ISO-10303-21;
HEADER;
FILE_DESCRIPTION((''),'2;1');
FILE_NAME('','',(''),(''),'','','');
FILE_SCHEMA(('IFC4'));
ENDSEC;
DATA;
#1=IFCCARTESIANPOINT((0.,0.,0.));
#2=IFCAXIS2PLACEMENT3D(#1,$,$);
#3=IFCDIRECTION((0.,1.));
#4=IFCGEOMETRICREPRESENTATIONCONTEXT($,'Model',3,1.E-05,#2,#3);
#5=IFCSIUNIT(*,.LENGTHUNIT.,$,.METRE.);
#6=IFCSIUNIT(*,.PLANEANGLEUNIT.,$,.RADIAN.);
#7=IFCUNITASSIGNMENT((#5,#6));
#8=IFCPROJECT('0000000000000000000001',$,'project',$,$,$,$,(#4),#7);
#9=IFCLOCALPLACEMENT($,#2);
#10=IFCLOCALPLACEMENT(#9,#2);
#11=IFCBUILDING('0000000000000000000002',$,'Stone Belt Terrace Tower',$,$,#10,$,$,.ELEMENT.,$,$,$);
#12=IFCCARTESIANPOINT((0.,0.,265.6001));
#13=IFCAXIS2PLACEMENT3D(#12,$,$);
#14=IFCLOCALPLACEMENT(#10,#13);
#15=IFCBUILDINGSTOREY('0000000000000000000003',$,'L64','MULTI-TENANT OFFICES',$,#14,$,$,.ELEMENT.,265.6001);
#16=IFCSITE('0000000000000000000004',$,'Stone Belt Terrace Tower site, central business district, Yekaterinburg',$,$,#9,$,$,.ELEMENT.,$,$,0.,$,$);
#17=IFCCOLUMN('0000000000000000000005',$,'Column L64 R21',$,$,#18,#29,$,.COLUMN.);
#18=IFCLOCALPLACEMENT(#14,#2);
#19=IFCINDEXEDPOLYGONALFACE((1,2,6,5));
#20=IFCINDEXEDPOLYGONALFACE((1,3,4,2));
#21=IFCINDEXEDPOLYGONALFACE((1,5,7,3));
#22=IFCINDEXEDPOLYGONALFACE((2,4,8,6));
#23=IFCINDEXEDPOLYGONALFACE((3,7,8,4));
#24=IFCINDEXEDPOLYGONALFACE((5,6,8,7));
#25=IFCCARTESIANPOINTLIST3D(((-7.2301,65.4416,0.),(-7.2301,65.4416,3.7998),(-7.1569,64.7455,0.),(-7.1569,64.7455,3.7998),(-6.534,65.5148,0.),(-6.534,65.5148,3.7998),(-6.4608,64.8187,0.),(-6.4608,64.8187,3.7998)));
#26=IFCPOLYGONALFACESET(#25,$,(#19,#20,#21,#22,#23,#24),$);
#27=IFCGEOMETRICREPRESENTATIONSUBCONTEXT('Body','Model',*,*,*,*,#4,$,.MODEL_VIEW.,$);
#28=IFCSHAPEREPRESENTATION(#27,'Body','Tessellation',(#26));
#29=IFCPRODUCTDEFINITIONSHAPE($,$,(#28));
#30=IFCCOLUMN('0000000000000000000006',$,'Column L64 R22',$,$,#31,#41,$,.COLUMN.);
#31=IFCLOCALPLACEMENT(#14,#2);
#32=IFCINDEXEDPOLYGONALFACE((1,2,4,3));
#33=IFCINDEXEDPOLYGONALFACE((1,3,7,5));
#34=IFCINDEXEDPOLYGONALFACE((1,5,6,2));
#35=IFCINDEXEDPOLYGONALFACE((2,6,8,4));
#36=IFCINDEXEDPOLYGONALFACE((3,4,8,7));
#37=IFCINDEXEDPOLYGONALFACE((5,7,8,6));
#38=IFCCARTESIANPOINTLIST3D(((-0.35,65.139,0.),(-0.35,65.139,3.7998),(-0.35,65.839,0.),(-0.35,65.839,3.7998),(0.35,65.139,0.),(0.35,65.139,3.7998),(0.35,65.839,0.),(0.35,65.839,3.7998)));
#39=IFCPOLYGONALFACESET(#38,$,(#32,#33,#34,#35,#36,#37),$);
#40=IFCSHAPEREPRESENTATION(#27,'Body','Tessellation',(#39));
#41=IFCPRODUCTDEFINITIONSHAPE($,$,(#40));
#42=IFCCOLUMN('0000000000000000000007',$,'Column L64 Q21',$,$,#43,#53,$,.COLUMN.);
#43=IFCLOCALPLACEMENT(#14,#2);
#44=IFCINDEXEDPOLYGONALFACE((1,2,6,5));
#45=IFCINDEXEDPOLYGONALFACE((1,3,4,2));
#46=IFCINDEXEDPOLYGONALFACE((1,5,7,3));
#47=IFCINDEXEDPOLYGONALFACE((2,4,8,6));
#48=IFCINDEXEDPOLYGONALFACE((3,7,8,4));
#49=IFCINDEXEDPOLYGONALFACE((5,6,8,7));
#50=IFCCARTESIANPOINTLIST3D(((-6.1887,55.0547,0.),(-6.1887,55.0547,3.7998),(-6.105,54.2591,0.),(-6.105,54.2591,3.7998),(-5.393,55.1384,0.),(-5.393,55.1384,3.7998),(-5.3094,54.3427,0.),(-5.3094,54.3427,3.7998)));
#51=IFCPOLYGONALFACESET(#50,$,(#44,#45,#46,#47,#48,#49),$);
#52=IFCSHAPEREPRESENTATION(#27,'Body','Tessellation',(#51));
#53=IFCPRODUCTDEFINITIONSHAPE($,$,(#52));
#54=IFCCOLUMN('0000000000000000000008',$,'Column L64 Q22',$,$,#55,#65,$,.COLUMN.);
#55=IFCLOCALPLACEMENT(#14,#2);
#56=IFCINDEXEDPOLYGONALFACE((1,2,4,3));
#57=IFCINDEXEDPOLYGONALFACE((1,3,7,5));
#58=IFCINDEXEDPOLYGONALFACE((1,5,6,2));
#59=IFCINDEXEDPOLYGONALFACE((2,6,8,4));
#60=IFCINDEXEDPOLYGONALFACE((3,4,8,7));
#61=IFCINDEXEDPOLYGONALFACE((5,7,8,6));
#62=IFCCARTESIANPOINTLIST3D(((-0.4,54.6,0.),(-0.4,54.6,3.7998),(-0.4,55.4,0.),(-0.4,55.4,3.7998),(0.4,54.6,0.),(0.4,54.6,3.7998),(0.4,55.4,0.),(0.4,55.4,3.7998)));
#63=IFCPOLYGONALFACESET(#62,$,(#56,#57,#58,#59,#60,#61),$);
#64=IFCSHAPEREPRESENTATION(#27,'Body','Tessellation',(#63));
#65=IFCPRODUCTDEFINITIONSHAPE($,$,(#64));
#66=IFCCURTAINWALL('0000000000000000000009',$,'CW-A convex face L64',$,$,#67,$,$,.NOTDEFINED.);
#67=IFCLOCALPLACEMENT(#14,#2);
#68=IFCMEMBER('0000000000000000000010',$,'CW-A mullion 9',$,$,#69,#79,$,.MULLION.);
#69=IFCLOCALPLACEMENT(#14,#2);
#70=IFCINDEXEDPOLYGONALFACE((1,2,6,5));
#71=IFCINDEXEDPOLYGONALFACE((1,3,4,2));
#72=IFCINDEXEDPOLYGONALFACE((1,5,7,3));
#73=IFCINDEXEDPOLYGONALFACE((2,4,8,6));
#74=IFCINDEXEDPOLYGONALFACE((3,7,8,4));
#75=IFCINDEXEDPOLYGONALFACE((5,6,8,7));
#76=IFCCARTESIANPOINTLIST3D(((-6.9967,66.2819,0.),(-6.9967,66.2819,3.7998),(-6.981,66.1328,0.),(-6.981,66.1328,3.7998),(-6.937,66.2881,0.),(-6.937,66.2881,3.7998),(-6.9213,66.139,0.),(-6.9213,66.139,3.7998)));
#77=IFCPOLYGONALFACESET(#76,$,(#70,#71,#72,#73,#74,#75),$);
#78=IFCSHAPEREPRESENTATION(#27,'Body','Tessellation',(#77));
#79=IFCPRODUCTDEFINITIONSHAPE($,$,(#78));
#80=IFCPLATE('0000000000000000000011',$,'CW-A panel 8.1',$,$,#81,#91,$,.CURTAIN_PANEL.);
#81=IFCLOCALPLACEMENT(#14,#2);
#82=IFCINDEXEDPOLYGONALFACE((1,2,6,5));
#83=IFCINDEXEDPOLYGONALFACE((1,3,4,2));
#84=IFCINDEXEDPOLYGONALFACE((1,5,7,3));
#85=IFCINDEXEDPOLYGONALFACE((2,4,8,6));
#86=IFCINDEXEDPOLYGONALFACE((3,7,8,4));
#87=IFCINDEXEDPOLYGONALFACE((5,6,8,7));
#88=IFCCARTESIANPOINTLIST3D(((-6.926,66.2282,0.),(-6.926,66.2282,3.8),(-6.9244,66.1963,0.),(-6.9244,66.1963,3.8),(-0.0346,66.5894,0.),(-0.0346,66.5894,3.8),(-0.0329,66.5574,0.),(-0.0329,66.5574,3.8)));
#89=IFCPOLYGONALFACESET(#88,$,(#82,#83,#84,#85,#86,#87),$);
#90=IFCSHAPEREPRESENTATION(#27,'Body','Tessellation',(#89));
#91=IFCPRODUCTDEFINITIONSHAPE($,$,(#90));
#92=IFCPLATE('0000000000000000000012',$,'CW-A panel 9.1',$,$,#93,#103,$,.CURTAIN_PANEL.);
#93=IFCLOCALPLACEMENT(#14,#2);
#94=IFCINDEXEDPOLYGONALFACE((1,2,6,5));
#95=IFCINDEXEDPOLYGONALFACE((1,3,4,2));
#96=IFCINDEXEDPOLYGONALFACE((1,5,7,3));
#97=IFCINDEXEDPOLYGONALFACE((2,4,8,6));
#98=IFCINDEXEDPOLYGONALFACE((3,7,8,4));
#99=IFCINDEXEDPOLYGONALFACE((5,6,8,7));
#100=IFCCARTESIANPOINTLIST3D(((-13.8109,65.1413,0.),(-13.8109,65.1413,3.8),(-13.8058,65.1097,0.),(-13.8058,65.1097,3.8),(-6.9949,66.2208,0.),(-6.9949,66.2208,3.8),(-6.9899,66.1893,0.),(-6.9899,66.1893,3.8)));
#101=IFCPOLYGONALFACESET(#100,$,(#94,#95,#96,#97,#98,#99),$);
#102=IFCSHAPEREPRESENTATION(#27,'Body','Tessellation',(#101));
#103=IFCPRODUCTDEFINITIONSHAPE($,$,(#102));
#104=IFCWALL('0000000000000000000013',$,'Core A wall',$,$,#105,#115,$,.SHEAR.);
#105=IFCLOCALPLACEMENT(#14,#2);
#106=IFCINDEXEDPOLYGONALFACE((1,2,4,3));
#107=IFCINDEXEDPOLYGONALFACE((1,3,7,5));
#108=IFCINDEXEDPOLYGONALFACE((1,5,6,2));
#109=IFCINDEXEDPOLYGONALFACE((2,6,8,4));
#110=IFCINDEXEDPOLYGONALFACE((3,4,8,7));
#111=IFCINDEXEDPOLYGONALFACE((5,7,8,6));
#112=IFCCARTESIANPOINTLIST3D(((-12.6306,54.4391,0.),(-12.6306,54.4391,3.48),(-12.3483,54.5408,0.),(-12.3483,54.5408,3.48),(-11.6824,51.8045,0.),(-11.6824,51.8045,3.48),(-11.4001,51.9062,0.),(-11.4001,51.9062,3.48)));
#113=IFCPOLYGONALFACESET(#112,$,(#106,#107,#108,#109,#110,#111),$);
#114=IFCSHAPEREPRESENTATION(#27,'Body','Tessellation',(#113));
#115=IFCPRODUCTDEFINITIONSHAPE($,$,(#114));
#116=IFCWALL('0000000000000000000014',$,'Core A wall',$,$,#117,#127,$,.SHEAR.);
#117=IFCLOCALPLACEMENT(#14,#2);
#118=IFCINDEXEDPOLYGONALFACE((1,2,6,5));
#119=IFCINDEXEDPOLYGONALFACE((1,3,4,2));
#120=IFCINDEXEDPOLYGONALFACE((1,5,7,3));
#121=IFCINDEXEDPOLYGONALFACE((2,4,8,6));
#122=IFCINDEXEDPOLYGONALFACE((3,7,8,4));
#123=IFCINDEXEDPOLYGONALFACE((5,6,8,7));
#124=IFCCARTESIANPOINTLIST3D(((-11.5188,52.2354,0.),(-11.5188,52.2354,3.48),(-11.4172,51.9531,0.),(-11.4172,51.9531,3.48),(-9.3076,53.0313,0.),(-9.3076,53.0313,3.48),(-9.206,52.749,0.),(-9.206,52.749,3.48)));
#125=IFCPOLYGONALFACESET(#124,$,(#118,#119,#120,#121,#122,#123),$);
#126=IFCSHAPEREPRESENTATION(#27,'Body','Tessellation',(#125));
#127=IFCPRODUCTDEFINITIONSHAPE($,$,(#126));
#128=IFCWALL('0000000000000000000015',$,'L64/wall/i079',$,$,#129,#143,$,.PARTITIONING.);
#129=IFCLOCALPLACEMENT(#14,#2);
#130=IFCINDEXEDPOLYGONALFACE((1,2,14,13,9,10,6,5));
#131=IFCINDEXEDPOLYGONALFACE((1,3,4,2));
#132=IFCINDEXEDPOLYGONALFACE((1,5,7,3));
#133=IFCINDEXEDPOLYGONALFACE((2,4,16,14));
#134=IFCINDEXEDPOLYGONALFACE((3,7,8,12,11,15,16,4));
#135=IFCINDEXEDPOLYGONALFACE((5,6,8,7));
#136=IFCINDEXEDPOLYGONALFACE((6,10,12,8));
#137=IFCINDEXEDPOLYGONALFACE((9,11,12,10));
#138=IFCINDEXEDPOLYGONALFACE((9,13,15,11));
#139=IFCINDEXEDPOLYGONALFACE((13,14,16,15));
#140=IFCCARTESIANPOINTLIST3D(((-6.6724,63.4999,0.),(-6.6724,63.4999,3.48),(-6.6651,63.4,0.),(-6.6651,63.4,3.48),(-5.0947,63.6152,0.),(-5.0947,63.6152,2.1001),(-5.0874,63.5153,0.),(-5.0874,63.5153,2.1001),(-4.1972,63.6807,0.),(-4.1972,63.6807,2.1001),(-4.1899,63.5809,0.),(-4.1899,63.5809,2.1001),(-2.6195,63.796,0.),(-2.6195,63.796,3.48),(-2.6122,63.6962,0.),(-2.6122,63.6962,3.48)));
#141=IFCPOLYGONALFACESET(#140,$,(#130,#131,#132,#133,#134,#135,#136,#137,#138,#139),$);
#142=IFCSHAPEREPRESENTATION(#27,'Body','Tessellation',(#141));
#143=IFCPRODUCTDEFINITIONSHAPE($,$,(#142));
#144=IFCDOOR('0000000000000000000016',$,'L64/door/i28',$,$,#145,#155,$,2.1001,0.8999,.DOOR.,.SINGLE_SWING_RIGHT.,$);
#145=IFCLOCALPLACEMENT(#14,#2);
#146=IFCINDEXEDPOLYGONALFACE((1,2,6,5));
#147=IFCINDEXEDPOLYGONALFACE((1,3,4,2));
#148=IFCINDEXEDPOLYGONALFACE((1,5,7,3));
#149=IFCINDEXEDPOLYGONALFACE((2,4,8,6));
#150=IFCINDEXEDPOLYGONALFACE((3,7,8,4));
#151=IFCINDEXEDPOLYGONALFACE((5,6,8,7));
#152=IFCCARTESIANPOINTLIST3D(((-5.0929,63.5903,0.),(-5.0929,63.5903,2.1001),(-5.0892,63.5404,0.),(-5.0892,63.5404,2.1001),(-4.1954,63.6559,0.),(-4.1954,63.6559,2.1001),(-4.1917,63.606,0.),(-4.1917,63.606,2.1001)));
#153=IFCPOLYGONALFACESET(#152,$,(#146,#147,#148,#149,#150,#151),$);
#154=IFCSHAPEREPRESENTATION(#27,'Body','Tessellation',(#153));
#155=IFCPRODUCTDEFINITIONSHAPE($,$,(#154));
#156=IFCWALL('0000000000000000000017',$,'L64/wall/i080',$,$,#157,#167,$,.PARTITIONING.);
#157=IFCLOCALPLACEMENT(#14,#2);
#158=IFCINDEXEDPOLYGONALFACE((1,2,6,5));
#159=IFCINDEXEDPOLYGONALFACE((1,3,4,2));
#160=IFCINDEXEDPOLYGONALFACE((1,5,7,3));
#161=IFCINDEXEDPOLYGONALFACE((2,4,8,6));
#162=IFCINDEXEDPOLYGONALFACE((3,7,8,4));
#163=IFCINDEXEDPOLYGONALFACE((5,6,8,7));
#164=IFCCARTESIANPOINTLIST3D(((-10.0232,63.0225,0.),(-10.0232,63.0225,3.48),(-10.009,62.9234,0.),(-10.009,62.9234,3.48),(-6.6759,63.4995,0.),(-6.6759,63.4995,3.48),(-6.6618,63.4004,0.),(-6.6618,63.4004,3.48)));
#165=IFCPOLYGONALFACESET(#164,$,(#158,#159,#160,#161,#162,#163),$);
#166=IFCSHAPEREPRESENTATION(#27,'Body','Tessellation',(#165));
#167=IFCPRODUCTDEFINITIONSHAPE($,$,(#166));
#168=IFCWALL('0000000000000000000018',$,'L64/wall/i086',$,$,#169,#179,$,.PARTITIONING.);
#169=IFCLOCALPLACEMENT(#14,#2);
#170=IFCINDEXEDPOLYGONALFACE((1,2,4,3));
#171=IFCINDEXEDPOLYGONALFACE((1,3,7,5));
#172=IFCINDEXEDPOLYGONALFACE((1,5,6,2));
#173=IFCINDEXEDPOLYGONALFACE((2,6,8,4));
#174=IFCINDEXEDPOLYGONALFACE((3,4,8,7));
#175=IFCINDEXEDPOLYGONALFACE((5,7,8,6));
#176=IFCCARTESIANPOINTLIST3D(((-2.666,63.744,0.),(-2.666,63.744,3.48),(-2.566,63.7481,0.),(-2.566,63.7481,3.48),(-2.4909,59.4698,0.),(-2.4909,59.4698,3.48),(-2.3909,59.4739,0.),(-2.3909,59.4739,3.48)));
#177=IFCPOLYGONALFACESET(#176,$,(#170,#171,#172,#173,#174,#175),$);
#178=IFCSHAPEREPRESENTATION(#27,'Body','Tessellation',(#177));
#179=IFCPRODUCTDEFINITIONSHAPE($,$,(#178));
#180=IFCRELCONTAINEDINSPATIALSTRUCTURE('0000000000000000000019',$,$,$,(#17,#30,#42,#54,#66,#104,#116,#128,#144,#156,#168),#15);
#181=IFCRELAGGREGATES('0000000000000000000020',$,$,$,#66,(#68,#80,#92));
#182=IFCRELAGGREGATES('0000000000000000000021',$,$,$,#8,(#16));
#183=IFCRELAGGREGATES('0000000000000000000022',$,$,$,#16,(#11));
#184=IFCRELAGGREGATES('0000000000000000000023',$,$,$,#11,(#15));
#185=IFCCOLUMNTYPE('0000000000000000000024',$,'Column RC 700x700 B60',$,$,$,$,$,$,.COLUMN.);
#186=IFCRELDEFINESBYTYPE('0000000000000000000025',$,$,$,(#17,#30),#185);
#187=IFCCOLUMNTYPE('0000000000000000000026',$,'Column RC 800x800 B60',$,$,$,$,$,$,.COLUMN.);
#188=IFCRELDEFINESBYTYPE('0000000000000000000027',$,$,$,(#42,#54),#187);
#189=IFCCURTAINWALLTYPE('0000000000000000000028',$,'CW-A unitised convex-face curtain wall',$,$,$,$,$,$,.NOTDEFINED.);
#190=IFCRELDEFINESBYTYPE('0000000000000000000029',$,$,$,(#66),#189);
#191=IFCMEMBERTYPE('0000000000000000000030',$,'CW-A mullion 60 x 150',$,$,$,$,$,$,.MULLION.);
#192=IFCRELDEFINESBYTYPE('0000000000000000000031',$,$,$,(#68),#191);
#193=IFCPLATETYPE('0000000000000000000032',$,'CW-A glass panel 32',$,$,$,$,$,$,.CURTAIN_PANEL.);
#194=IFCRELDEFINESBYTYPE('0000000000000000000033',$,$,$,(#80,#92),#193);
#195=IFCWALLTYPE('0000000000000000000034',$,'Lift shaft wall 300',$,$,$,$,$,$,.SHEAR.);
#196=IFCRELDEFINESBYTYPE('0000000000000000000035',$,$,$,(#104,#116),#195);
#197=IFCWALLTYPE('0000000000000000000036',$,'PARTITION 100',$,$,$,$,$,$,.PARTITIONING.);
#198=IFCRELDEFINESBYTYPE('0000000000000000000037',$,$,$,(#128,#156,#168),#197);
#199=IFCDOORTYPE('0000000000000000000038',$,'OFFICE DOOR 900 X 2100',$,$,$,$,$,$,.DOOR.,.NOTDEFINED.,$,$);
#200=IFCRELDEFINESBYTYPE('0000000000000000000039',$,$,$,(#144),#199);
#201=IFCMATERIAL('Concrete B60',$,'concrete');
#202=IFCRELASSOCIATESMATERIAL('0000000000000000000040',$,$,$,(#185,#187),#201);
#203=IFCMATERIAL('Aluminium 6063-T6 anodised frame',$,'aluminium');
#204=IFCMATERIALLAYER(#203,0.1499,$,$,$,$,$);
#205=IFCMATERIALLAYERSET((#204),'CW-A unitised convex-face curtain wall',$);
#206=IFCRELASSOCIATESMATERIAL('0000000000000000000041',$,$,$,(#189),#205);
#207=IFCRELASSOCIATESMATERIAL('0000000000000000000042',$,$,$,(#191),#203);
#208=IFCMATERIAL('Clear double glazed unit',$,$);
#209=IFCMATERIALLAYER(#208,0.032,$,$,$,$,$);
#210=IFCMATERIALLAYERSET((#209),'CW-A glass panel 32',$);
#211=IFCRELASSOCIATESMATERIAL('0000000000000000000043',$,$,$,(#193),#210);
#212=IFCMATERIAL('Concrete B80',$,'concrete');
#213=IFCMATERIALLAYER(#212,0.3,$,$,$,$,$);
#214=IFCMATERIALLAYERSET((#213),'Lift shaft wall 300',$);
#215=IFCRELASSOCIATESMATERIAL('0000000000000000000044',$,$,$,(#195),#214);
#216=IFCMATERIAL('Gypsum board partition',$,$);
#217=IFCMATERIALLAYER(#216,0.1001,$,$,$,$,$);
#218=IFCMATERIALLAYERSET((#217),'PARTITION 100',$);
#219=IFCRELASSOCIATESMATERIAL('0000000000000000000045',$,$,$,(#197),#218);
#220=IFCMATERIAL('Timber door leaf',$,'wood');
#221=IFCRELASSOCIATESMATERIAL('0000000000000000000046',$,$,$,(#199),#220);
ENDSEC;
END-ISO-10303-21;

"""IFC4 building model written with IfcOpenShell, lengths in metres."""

from ifc_helpers import new_model, si_unit, direction, frame, frame_2d, origin, origin_2d, place, context, subcontext, project, spatial, rectangle, extrude, material, layer, layer_set, material_profile, profile_set, type_object, element, fill, aggregate, save


model = new_model("IFC4")

# Units and contexts
model_context = context("Model", 3, precision=1e-05, world=origin(), true_north=direction((0.0, 1.0)))
body_context = subcontext(model_context, "Body", "Model", "MODEL_VIEW")
ifc_project = project(units=[si_unit("LENGTHUNIT", "METRE"), si_unit("PLANEANGLEUNIT", "RADIAN")], contexts=[model_context])

# Site, building, storey
site_placement = place(None, origin())
site = spatial("IfcSite", under=ifc_project, at=site_placement, Name="Stone Belt Terrace Tower site, central business district, Yekaterinburg", CompositionType="ELEMENT", RefElevation=0.0)
building_placement = place(site_placement, origin())
building = spatial("IfcBuilding", under=site, at=building_placement, Name="Stone Belt Terrace Tower", CompositionType="ELEMENT")
storey_placement = place(building_placement, frame((0.0, 0.0, 265.6001)))
storey = spatial("IfcBuildingStorey", under=building, at=storey_placement, Name="L64", Description="MULTI-TENANT OFFICES", CompositionType="ELEMENT", Elevation=265.6001)

# Columns
ifc_material_1 = material(Name="Concrete B60", Category="concrete")
ifc_material_profile_1 = material_profile(ifc_material_1, rectangle(XDim=0.7, YDim=0.7, at=origin_2d()), Name="RC 700x700")
ifc_profile_set_1 = profile_set([ifc_material_profile_1], Name="Concrete B60")
column_type_1 = type_object("IfcColumnType", Name="Column RC 700x700 B60", PredefinedType="COLUMN", material=ifc_profile_set_1)
for number, where, z_axis, x_axis, name in (
    (1, (-6.8455, 65.1301, 0.0), (0.0, 0.0, 1.0), (0.994522, 0.104528, 0.0), "Column L64 R21"),
    (2, (0.0, 65.489, 0.0), (0.0, 0.0, 1.0), (1.0, 0.0, 0.0), "Column L64 R22"),
):
    element("IfcColumn", number, at=place(storey_placement, frame(where, z_axis=z_axis, x_axis=x_axis)), inside=storey, type_object=column_type_1, Name=name, PredefinedType="COLUMN", context=body_context, shape_type="SweptSolid", body=[
        extrude(rectangle(XDim=0.7, YDim=0.7, at=origin_2d()), origin(), (0.0, 0.0, 1.0), 3.7998),
    ])
ifc_material_profile_2 = material_profile(ifc_material_1, rectangle(XDim=0.8, YDim=0.8, at=origin_2d()), Name="RC 800x800")
ifc_profile_set_2 = profile_set([ifc_material_profile_2], Name="Concrete B60")
column_type_2 = type_object("IfcColumnType", Name="Column RC 800x800 B60", PredefinedType="COLUMN", material=ifc_profile_set_2)
for number, where, z_axis, x_axis, name in (
    (3, (-5.749, 54.6987, 0.0), (0.0, 0.0, 1.0), (0.994522, 0.104528, 0.0), "Column L64 Q21"),
    (4, (0.0, 55.0, 0.0), (0.0, 0.0, 1.0), (1.0, 0.0, 0.0), "Column L64 Q22"),
):
    element("IfcColumn", number, at=place(storey_placement, frame(where, z_axis=z_axis, x_axis=x_axis)), inside=storey, type_object=column_type_2, Name=name, PredefinedType="COLUMN", context=body_context, shape_type="SweptSolid", body=[
        extrude(rectangle(XDim=0.8, YDim=0.8, at=origin_2d()), origin(), (0.0, 0.0, 1.0), 3.7998),
    ])

# Curtain wall, member, plates
ifc_material_2 = material(Name="Aluminium 6063-T6 anodised frame", Category="aluminium")
ifc_layer_1 = layer(ifc_material_2, 0.1499)
ifc_layer_set_1 = layer_set([ifc_layer_1], Name="CW-A unitised convex-face curtain wall")
curtain_wall_type = type_object("IfcCurtainWallType", Name="CW-A unitised convex-face curtain wall", PredefinedType="NOTDEFINED", material=ifc_layer_set_1)
curtain_wall_placement = place(storey_placement, origin())
curtain_wall = element("IfcCurtainWall", 5, at=curtain_wall_placement, inside=storey, type_object=curtain_wall_type, Name="CW-A convex face L64", PredefinedType="NOTDEFINED")
ifc_material_profile_3 = material_profile(ifc_material_2, rectangle(XDim=0.1499, YDim=0.0601, at=origin_2d()), Name="Aluminium 6063-T6 60x150")
ifc_profile_set_3 = profile_set([ifc_material_profile_3], Name="Aluminium 6063-T6 anodised frame")
member_type = type_object("IfcMemberType", Name="CW-A mullion 60 x 150", PredefinedType="MULLION", material=ifc_profile_set_3)
member_placement = place(storey_placement, frame((-6.959, 66.2104, 0.0), z_axis=(0.0, 0.0, 1.0), x_axis=(0.104528, -0.994522, 0.0)))
member = element("IfcMember", 6, at=member_placement, type_object=member_type, Name="CW-A mullion 9", PredefinedType="MULLION", context=body_context, shape_type="SweptSolid", body=[
    extrude(rectangle(XDim=0.1499, YDim=0.0601, at=origin_2d()), origin(), (0.0, 0.0, 1.0), 3.7998),
])
ifc_material_3 = material(Name="Clear double glazed unit")
ifc_layer_2 = layer(ifc_material_3, 0.032)
ifc_layer_set_2 = layer_set([ifc_layer_2], Name="CW-A glass panel 32")
plate_type = type_object("IfcPlateType", Name="CW-A glass panel 32", PredefinedType="CURTAIN_PANEL", material=ifc_layer_set_2)
plate_1_placement = place(storey_placement, frame((-3.4795, 66.3928, 0.0), z_axis=(0.0, 0.0, 1.0), x_axis=(-0.99863, -0.052336, 0.0)))
plate_1 = element("IfcPlate", 7, at=plate_1_placement, type_object=plate_type, Name="CW-A panel 8.1", PredefinedType="CURTAIN_PANEL", context=body_context, shape_type="SweptSolid", body=[
    extrude(rectangle(XDim=6.9009, YDim=0.032, at=origin_2d()), origin(), (0.0, 0.0, 1.0), 3.8),
])
plate_2_placement = place(storey_placement, frame((-10.4004, 65.6653, 0.0), z_axis=(0.0, 0.0, 1.0), x_axis=(-0.987688, -0.156434, 0.0)))
plate_2 = element("IfcPlate", 8, at=plate_2_placement, type_object=plate_type, Name="CW-A panel 9.1", PredefinedType="CURTAIN_PANEL", context=body_context, shape_type="SweptSolid", body=[
    extrude(rectangle(XDim=6.9009, YDim=0.032, at=origin_2d()), origin(), (0.0, 0.0, 1.0), 3.8),
])
aggregate(curtain_wall, [member, plate_1, plate_2])

# Walls
ifc_material_4 = material(Name="Concrete B80", Category="concrete")
ifc_layer_3 = layer(ifc_material_4, 0.3)
ifc_layer_set_3 = layer_set([ifc_layer_3], Name="Lift shaft wall 300")
wall_type_1 = type_object("IfcWallType", Name="Lift shaft wall 300", PredefinedType="SHEAR", material=ifc_layer_set_3)
wall_1_placement = place(storey_placement, frame((-11.5413, 51.8555, 0.0), z_axis=(0.0, 0.0, 1.0), x_axis=(-0.338661, 0.940909, 0.0)))
element("IfcWall", 9, at=wall_1_placement, inside=storey, type_object=wall_type_1, Name="Core A wall", PredefinedType="SHEAR", context=body_context, shape_type="SweptSolid", body=[
    extrude(rectangle(XDim=2.8, YDim=0.3, at=frame_2d((1.3999, 0.0))), origin(), (0.0, 0.0, 1.0), 3.48),
])
wall_2_placement = place(storey_placement, frame((-11.468, 52.0942, 0.0), z_axis=(0.0, 0.0, 1.0), x_axis=(0.940905, 0.338672, 0.0)))
element("IfcWall", 10, at=wall_2_placement, inside=storey, type_object=wall_type_1, Name="Core A wall", PredefinedType="SHEAR", context=body_context, shape_type="SweptSolid", body=[
    extrude(rectangle(XDim=2.3501, YDim=0.3, at=frame_2d((1.175, 0.0))), origin(), (0.0, 0.0, 1.0), 3.48),
])

# Wall, opening, door
ifc_material_5 = material(Name="Gypsum board partition")
ifc_layer_4 = layer(ifc_material_5, 0.1001)
ifc_layer_set_4 = layer_set([ifc_layer_4], Name="PARTITION 100")
wall_type_2 = type_object("IfcWallType", Name="PARTITION 100", PredefinedType="PARTITIONING", material=ifc_layer_set_4)
wall_3_placement = place(storey_placement, frame((-2.616, 63.7461, 0.0), z_axis=(0.0, 0.0, 1.0), x_axis=(-0.997341, -0.072874, 0.0)))
wall_3 = element("IfcWall", 11, at=wall_3_placement, inside=storey, type_object=wall_type_2, Name="L64/wall/i079", PredefinedType="PARTITIONING", context=body_context, shape_type="SweptSolid", body=[
    extrude(rectangle(XDim=4.0637, YDim=0.1001, at=frame_2d((2.0317, 0.0))), origin(), (0.0, 0.0, 1.0), 3.48),
])
opening_1_placement = place(wall_3_placement, frame((1.5818, 0.0, 0.0)))
opening_1 = element("IfcOpeningElement", 12, at=opening_1_placement, cuts=wall_3, PredefinedType="OPENING", context=body_context, shape_type="SweptSolid", body=[
    extrude(rectangle(XDim=0.8999, YDim=2.1001, at=frame_2d((0.45, 1.05))), frame((0.0, 0.0601, 0.0), z_axis=(0.0, -1.0, 0.0), x_axis=(1.0, 0.0, 0.0)), (0.0, 0.0, 1.0), 0.1201),
])
ifc_material_6 = material(Name="Timber door leaf", Category="wood")
door_type = type_object("IfcDoorType", Name="OFFICE DOOR 900 X 2100", OperationType="NOTDEFINED", PredefinedType="DOOR", material=ifc_material_6)
door_1_placement = place(opening_1_placement, origin())
door_1 = element("IfcDoor", 13, at=door_1_placement, inside=storey, type_object=door_type, Name="L64/door/i28", OperationType="SINGLE_SWING_RIGHT", OverallHeight=2.1001, OverallWidth=0.8999, PredefinedType="DOOR", context=body_context, shape_type="SweptSolid", body=[
    extrude(rectangle(XDim=0.8999, YDim=2.1001, at=frame_2d((0.45, 1.05))), frame((0.0, 0.0249, 0.0), z_axis=(0.0, -1.0, 0.0), x_axis=(1.0, 0.0, 0.0)), (0.0, 0.0, 1.0), 0.05),
])
fill(opening_1, door_1)

# Walls
wall_4_placement = place(storey_placement, frame((-6.6689, 63.45, 0.0), z_axis=(0.0, 0.0, 1.0), x_axis=(-0.989996, -0.141098, 0.0)))
element("IfcWall", 14, at=wall_4_placement, inside=storey, type_object=wall_type_2, Name="L64/wall/i080", PredefinedType="PARTITIONING", context=body_context, shape_type="SweptSolid", body=[
    extrude(rectangle(XDim=3.3811, YDim=0.1001, at=frame_2d((1.6904, 0.0))), origin(), (0.0, 0.0, 1.0), 3.48),
])
wall_5_placement = place(storey_placement, frame((-2.616, 63.7461, 0.0), z_axis=(0.0, 0.0, 1.0), x_axis=(0.040921, -0.999162, 0.0)))
element("IfcWall", 15, at=wall_5_placement, inside=storey, type_object=wall_type_2, Name="L64/wall/i086", PredefinedType="PARTITIONING", context=body_context, shape_type="SweptSolid", body=[
    extrude(rectangle(XDim=4.2778, YDim=0.1001, at=frame_2d((2.1389, 0.0))), origin(), (0.0, 0.0, 1.0), 3.48),
])

save(model, "model.ifc")
